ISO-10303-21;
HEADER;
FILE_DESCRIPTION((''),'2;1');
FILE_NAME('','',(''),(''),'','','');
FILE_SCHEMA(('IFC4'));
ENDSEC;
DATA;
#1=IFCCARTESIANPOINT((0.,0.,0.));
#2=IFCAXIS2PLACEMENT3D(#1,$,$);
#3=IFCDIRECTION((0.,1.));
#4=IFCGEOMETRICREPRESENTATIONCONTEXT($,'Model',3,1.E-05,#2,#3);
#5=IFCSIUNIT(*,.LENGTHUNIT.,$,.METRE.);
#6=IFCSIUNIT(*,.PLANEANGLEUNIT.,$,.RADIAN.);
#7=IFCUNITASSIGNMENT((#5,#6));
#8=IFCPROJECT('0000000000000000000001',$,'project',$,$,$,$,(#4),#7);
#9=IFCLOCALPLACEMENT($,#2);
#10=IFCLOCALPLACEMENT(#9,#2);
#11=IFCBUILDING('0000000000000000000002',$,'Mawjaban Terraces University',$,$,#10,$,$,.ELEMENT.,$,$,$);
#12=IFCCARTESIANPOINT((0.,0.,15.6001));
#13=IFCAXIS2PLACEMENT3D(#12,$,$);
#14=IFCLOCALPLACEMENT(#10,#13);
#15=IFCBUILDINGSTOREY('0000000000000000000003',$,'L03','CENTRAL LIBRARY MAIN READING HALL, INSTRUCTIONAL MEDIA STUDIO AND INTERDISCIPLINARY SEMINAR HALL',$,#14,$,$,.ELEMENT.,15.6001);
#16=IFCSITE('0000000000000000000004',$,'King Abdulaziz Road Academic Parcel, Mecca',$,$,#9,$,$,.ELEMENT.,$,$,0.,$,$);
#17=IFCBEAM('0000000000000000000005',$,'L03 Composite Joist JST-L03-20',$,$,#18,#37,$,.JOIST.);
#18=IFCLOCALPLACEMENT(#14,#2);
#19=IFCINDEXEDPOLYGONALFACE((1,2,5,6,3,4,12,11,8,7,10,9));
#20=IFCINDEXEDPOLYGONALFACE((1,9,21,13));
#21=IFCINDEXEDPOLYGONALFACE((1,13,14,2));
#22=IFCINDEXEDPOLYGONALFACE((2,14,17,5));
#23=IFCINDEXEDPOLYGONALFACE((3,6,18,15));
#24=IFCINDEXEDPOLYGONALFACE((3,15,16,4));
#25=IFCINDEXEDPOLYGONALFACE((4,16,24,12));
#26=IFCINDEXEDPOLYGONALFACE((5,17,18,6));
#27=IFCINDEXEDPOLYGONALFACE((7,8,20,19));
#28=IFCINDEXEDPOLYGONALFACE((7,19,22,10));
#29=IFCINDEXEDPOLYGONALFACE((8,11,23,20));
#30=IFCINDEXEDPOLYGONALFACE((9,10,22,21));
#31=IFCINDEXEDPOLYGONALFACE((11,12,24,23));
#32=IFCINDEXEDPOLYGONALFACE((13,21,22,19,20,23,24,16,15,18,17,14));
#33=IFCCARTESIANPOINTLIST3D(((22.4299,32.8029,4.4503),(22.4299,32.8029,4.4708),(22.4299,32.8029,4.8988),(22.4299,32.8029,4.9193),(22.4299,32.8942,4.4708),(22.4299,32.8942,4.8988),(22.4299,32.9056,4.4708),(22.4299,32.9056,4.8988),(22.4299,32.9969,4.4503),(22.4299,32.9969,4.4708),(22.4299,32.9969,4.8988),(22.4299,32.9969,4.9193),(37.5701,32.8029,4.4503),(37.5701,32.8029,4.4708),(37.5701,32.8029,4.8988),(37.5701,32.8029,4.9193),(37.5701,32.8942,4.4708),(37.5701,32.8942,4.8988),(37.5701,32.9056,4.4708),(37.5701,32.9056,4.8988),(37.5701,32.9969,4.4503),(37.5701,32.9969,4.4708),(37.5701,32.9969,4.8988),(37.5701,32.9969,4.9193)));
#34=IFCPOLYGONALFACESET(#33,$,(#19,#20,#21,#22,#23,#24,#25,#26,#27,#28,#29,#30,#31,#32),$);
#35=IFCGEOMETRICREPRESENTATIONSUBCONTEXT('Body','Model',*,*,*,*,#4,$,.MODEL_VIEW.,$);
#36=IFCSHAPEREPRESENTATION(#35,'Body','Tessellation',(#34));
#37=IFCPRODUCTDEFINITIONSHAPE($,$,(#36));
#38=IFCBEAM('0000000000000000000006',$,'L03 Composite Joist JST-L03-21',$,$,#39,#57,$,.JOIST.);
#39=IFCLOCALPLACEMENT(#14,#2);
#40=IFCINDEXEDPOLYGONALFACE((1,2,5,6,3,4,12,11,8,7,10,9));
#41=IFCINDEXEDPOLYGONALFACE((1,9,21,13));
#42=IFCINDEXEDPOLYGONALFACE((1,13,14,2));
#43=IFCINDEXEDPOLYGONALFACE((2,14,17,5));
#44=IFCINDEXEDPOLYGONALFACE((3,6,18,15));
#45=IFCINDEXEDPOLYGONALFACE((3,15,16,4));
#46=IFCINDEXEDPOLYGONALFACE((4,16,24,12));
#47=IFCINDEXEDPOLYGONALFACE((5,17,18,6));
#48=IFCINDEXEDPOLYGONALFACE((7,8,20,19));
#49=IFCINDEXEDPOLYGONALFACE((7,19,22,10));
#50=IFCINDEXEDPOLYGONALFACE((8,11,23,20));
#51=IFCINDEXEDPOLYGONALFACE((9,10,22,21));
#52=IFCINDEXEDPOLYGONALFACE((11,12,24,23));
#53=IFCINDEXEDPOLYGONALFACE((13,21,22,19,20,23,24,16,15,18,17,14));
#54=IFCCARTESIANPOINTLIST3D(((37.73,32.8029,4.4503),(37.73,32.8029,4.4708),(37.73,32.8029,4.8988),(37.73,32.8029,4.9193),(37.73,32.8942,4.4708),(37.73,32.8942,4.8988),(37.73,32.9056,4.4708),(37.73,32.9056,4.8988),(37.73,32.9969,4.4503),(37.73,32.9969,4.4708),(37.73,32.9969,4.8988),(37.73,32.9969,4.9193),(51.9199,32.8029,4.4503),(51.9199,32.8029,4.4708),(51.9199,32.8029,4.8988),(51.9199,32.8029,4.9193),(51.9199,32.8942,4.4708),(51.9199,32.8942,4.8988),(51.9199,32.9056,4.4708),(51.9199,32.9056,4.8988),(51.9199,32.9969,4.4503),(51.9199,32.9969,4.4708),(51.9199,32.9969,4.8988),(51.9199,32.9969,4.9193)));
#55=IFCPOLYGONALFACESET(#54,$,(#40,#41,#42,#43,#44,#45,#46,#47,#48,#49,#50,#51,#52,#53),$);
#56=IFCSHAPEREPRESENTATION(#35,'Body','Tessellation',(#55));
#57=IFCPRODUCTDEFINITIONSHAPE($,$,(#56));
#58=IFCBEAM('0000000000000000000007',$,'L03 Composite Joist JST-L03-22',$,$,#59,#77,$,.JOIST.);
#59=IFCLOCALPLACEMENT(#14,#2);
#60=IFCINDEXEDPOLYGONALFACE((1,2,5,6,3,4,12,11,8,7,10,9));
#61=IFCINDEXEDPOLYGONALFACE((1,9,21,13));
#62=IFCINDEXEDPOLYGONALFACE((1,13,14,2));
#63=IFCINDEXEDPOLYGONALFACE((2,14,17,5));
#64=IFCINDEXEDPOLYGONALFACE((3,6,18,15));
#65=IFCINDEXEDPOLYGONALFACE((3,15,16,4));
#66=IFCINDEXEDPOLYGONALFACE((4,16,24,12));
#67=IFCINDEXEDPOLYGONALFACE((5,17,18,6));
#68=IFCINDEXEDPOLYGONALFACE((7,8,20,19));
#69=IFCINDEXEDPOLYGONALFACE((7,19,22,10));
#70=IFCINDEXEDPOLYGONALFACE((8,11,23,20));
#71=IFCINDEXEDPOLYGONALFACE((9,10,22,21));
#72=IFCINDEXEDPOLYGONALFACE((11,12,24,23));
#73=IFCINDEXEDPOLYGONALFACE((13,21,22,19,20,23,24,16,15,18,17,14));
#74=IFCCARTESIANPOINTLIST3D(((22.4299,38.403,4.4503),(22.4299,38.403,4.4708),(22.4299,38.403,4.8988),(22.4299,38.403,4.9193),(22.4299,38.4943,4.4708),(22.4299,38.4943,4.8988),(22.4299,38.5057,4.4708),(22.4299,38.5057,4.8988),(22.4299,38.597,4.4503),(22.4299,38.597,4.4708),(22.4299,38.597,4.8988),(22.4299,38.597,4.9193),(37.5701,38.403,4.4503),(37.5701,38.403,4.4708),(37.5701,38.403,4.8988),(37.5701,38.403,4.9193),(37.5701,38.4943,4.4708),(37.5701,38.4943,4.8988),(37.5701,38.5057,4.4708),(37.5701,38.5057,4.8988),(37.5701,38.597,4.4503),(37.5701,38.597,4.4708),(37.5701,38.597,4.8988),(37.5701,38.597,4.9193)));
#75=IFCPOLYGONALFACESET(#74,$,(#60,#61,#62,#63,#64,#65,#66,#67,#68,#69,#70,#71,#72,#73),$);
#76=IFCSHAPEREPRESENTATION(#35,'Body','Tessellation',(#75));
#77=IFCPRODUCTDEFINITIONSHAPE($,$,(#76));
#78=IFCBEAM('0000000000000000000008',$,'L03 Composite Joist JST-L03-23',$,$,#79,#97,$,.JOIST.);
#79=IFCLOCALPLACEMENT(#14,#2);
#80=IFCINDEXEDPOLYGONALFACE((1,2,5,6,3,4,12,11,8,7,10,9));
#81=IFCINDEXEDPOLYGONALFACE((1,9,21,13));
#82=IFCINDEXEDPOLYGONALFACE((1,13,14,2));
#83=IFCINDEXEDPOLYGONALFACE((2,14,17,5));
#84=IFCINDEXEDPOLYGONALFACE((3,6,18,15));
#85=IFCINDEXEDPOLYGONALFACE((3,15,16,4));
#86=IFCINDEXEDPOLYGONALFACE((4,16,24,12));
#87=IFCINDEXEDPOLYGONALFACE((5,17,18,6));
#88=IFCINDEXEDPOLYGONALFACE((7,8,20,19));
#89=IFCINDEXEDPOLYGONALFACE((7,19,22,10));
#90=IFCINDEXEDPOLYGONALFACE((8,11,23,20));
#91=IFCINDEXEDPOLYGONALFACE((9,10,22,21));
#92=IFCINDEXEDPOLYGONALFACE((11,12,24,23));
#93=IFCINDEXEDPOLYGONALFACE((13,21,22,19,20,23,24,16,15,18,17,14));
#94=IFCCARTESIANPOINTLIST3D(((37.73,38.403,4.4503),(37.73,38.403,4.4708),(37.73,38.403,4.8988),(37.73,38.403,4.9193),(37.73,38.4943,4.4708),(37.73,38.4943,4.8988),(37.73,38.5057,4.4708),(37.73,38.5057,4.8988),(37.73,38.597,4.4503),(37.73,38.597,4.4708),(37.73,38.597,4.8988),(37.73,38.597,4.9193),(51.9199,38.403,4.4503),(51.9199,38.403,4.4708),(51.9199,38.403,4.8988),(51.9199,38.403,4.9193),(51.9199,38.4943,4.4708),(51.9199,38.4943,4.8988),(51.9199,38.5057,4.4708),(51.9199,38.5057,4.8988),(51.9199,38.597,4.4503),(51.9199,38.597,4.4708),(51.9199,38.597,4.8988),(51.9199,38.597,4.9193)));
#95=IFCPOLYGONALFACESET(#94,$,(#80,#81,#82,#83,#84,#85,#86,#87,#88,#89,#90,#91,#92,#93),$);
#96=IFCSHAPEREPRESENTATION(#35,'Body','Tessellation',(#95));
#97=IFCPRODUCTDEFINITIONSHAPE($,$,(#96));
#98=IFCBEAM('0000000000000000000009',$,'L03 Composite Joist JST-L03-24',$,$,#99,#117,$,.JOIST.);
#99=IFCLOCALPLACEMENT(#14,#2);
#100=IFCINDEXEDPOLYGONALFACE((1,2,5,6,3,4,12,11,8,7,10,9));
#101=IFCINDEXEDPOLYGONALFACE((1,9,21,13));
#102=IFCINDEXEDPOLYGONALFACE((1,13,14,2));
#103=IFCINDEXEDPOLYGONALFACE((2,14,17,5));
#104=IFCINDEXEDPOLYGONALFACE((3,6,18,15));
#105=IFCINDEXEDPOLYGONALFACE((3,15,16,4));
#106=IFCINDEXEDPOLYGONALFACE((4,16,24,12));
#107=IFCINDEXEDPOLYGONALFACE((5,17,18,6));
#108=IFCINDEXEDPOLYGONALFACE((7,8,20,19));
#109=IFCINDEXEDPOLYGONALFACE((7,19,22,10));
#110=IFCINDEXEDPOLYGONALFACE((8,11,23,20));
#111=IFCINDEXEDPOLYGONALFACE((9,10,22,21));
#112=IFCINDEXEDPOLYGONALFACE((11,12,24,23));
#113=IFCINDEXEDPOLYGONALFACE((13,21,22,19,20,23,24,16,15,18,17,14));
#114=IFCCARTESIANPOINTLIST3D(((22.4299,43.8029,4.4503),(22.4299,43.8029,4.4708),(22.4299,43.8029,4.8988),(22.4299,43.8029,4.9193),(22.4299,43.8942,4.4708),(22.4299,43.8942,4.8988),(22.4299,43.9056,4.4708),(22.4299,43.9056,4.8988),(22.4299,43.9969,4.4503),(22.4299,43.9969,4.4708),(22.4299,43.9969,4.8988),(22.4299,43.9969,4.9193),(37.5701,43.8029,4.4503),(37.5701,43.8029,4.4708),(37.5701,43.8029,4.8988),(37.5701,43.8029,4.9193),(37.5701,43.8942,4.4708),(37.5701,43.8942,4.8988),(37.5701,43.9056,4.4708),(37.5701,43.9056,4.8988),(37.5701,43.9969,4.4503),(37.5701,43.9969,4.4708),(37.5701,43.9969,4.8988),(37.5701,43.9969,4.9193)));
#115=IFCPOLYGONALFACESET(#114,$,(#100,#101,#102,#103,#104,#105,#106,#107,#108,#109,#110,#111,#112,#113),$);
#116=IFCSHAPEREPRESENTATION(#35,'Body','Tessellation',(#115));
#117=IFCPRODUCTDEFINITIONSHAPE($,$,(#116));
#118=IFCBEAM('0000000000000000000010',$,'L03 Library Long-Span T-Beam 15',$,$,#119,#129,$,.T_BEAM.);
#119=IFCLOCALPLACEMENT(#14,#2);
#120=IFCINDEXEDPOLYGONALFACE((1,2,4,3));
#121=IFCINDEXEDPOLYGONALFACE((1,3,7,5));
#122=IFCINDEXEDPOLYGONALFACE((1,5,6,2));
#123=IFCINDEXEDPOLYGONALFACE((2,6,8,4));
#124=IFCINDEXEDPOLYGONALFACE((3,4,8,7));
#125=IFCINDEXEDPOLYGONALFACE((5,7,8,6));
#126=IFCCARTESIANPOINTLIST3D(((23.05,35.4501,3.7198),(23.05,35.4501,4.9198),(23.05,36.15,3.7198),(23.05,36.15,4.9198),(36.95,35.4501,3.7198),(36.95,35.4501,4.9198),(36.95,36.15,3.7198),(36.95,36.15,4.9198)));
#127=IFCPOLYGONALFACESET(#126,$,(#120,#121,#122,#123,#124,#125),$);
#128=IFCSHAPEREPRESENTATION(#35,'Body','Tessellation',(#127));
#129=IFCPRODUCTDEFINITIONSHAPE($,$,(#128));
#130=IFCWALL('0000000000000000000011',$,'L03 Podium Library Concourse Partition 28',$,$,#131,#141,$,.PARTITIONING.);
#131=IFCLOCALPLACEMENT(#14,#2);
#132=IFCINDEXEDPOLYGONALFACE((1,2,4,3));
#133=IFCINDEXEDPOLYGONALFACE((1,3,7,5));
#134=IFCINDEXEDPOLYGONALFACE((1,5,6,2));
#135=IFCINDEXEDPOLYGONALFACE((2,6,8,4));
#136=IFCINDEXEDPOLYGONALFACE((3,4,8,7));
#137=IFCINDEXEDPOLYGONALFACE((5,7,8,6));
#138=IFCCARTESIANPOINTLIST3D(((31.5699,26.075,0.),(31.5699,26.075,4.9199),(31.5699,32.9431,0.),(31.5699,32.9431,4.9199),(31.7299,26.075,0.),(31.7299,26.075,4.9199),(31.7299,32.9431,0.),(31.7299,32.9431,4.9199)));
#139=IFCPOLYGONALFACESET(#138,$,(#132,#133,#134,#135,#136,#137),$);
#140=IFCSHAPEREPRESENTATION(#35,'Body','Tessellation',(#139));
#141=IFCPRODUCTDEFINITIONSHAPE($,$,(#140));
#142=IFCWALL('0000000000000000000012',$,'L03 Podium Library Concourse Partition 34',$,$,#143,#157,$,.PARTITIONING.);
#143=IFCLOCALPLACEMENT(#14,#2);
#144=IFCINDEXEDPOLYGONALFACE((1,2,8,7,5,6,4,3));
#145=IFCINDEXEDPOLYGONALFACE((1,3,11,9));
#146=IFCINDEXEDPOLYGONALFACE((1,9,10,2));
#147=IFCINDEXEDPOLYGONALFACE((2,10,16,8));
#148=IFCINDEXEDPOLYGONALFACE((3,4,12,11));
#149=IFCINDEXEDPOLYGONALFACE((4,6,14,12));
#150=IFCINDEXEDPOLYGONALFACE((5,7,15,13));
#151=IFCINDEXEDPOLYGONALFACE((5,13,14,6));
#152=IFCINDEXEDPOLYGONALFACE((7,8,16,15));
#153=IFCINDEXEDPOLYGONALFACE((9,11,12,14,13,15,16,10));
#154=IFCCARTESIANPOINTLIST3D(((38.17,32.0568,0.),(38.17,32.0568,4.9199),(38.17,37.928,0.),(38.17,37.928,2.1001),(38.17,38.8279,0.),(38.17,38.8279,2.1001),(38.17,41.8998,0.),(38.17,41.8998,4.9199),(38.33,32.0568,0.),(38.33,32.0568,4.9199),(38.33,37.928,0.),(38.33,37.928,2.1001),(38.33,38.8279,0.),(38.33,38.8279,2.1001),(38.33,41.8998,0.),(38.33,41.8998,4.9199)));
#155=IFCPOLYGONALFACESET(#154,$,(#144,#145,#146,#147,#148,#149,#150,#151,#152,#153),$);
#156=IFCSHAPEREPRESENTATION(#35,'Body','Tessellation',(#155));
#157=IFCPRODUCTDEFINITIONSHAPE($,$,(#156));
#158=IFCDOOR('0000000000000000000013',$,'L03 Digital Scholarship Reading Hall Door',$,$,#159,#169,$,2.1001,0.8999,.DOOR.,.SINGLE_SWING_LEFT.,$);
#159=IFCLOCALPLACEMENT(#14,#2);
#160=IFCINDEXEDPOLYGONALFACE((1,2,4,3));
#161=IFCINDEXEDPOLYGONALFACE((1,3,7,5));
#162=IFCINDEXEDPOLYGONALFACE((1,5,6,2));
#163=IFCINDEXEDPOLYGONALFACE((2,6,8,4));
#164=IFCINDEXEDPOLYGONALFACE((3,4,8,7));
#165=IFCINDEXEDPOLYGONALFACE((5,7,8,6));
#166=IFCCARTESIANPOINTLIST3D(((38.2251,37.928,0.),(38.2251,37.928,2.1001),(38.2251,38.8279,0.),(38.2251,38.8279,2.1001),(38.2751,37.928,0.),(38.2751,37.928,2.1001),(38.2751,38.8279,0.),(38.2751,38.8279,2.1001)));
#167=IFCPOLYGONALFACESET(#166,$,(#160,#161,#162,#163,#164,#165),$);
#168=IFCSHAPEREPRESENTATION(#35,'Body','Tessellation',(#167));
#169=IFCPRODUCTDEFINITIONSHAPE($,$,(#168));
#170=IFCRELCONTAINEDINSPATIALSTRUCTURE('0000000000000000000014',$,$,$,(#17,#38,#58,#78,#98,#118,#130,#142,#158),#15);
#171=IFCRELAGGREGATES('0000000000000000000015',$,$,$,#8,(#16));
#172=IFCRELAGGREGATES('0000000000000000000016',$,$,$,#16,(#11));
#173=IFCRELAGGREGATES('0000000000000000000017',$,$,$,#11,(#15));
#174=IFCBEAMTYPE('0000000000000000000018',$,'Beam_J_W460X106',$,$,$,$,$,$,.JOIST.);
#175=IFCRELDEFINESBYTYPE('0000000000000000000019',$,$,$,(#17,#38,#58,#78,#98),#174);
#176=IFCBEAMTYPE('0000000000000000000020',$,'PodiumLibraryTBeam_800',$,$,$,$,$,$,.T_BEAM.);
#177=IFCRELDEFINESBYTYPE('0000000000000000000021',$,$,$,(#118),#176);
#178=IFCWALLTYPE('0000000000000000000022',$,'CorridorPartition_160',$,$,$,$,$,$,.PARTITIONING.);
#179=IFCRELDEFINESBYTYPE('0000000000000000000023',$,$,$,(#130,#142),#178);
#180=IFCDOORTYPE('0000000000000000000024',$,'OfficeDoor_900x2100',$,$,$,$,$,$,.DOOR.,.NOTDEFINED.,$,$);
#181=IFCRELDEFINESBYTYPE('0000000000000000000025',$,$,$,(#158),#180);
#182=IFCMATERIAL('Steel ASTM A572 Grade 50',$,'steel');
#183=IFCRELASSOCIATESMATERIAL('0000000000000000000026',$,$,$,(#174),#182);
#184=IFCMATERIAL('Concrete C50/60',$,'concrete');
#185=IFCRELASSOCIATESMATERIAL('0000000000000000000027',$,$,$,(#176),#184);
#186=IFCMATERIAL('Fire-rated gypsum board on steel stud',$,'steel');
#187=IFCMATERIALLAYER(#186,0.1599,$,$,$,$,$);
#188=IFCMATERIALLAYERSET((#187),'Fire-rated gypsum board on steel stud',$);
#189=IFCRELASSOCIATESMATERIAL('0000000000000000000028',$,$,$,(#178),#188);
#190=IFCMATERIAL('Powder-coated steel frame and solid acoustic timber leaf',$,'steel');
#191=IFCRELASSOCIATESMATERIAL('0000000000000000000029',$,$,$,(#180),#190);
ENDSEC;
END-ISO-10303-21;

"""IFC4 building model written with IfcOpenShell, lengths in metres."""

from ifc_helpers import new_model, si_unit, direction, frame, frame_2d, origin, origin_2d, place, context, subcontext, project, spatial, rectangle, i_section, extrude, material, layer, layer_set, material_profile, profile_set, type_object, element, fill, save


model = new_model("IFC4")

# Units and contexts
model_context = context("Model", 3, precision=1e-05, world=origin(), true_north=direction((0.0, 1.0)))
body_context = subcontext(model_context, "Body", "Model", "MODEL_VIEW")
ifc_project = project(units=[si_unit("LENGTHUNIT", "METRE"), si_unit("PLANEANGLEUNIT", "RADIAN")], contexts=[model_context])

# Site, building, storey
site_placement = place(None, origin())
site = spatial("IfcSite", under=ifc_project, at=site_placement, Name="King Abdulaziz Road Academic Parcel, Mecca", CompositionType="ELEMENT", RefElevation=0.0)
building_placement = place(site_placement, origin())
building = spatial("IfcBuilding", under=site, at=building_placement, Name="Mawjaban Terraces University", CompositionType="ELEMENT")
storey_placement = place(building_placement, frame((0.0, 0.0, 15.6001)))
storey = spatial("IfcBuildingStorey", under=building, at=storey_placement, Name="L03", Description="CENTRAL LIBRARY MAIN READING HALL, INSTRUCTIONAL MEDIA STUDIO AND INTERDISCIPLINARY SEMINAR HALL", CompositionType="ELEMENT", Elevation=15.6001)

# Beams
ifc_material_1 = material(Name="Steel ASTM A572 Grade 50", Category="steel")
ifc_material_profile_1 = material_profile(ifc_material_1, i_section(OverallWidth=0.1941, OverallDepth=0.469, WebThickness=0.0115, FlangeThickness=0.0205, at=origin_2d()), Name="W460X106")
ifc_profile_set_1 = profile_set([ifc_material_profile_1], Name="Steel ASTM A572 Grade 50")
beam_type_1 = type_object("IfcBeamType", Name="Beam_J_W460X106", PredefinedType="JOIST", material=ifc_profile_set_1)
beam_1_placement = place(storey_placement, frame((22.4299, 32.8999, 4.6848), z_axis=(1.0, 0.0, 0.0), x_axis=(0.0, 1.0, 0.0)))
element("IfcBeam", 1, at=beam_1_placement, inside=storey, type_object=beam_type_1, Name="L03 Composite Joist JST-L03-20", PredefinedType="JOIST", context=body_context, shape_type="SweptSolid", body=[
    extrude(i_section(OverallWidth=0.1941, OverallDepth=0.469, WebThickness=0.0115, FlangeThickness=0.0205, at=origin_2d()), origin(), (0.0, 0.0, 1.0), 15.1401),
])
beam_2_placement = place(storey_placement, frame((37.73, 32.8999, 4.6848), z_axis=(1.0, 0.0, 0.0), x_axis=(0.0, 1.0, 0.0)))
element("IfcBeam", 2, at=beam_2_placement, inside=storey, type_object=beam_type_1, Name="L03 Composite Joist JST-L03-21", PredefinedType="JOIST", context=body_context, shape_type="SweptSolid", body=[
    extrude(i_section(OverallWidth=0.1941, OverallDepth=0.469, WebThickness=0.0115, FlangeThickness=0.0205, at=origin_2d()), origin(), (0.0, 0.0, 1.0), 14.1899),
])
beam_3_placement = place(storey_placement, frame((22.4299, 38.5, 4.6848), z_axis=(1.0, 0.0, 0.0), x_axis=(0.0, 1.0, 0.0)))
element("IfcBeam", 3, at=beam_3_placement, inside=storey, type_object=beam_type_1, Name="L03 Composite Joist JST-L03-22", PredefinedType="JOIST", context=body_context, shape_type="SweptSolid", body=[
    extrude(i_section(OverallWidth=0.1941, OverallDepth=0.469, WebThickness=0.0115, FlangeThickness=0.0205, at=origin_2d()), origin(), (0.0, 0.0, 1.0), 15.1401),
])
beam_4_placement = place(storey_placement, frame((37.73, 38.5, 4.6848), z_axis=(1.0, 0.0, 0.0), x_axis=(0.0, 1.0, 0.0)))
element("IfcBeam", 4, at=beam_4_placement, inside=storey, type_object=beam_type_1, Name="L03 Composite Joist JST-L03-23", PredefinedType="JOIST", context=body_context, shape_type="SweptSolid", body=[
    extrude(i_section(OverallWidth=0.1941, OverallDepth=0.469, WebThickness=0.0115, FlangeThickness=0.0205, at=origin_2d()), origin(), (0.0, 0.0, 1.0), 14.1899),
])
beam_5_placement = place(storey_placement, frame((22.4299, 43.8999, 4.6848), z_axis=(1.0, 0.0, 0.0), x_axis=(0.0, 1.0, 0.0)))
element("IfcBeam", 5, at=beam_5_placement, inside=storey, type_object=beam_type_1, Name="L03 Composite Joist JST-L03-24", PredefinedType="JOIST", context=body_context, shape_type="SweptSolid", body=[
    extrude(i_section(OverallWidth=0.1941, OverallDepth=0.469, WebThickness=0.0115, FlangeThickness=0.0205, at=origin_2d()), origin(), (0.0, 0.0, 1.0), 15.1401),
])
ifc_material_2 = material(Name="Concrete C50/60", Category="concrete")
ifc_material_profile_2 = material_profile(ifc_material_2, rectangle(XDim=0.7, YDim=1.2, at=origin_2d()), Name="RC1200X700")
ifc_profile_set_2 = profile_set([ifc_material_profile_2], Name="Concrete C50/60")
beam_type_2 = type_object("IfcBeamType", Name="PodiumLibraryTBeam_800", PredefinedType="T_BEAM", material=ifc_profile_set_2)
beam_6_placement = place(storey_placement, frame((23.05, 35.8, 4.3198), z_axis=(1.0, 0.0, 0.0), x_axis=(0.0, 1.0, 0.0)))
element("IfcBeam", 6, at=beam_6_placement, inside=storey, type_object=beam_type_2, Name="L03 Library Long-Span T-Beam 15", PredefinedType="T_BEAM", context=body_context, shape_type="SweptSolid", body=[
    extrude(rectangle(XDim=0.7, YDim=1.2, at=origin_2d()), origin(), (0.0, 0.0, 1.0), 13.8999),
])

# Wall
ifc_material_3 = material(Name="Fire-rated gypsum board on steel stud", Category="steel")
ifc_layer_1 = layer(ifc_material_3, 0.1599)
ifc_layer_set_1 = layer_set([ifc_layer_1], Name="Fire-rated gypsum board on steel stud")
wall_type_1 = type_object("IfcWallType", Name="CorridorPartition_160", PredefinedType="PARTITIONING", material=ifc_layer_set_1)
wall_1_placement = place(storey_placement, frame((31.6499, 32.9431, 0.0), z_axis=(0.0, 0.0, 1.0), x_axis=(0.0, -1.0, 0.0)))
element("IfcWall", 7, at=wall_1_placement, inside=storey, type_object=wall_type_1, Name="L03 Podium Library Concourse Partition 28", PredefinedType="PARTITIONING", context=body_context, shape_type="SweptSolid", body=[
    extrude(rectangle(XDim=6.8682, YDim=0.1599, at=frame_2d((3.4341, 0.0))), origin(), (0.0, 0.0, 1.0), 4.9199),
])

# Wall, opening, door
wall_2_placement = place(storey_placement, frame((38.25, 32.0569, 0.0), z_axis=(0.0, 0.0, 1.0), x_axis=(0.0, 1.0, 0.0)))
wall_2 = element("IfcWall", 8, at=wall_2_placement, inside=storey, type_object=wall_type_1, Name="L03 Podium Library Concourse Partition 34", PredefinedType="PARTITIONING", context=body_context, shape_type="SweptSolid", body=[
    extrude(rectangle(XDim=9.843, YDim=0.1599, at=frame_2d((4.9214, 0.0))), origin(), (0.0, 0.0, 1.0), 4.9199),
])
opening_1_placement = place(wall_2_placement, frame((5.8711, 0.0, 0.0)))
opening_1 = element("IfcOpeningElement", 9, at=opening_1_placement, cuts=wall_2, PredefinedType="OPENING", context=body_context, shape_type="SweptSolid", body=[
    extrude(rectangle(XDim=0.8999, YDim=2.1001, at=frame_2d((0.45, 1.05))), frame((0.0, 0.0898, 0.0), z_axis=(0.0, -1.0, 0.0), x_axis=(1.0, 0.0, 0.0)), (0.0, 0.0, 1.0), 0.1799),
])
ifc_material_4 = material(Name="Powder-coated steel frame and solid acoustic timber leaf", Category="steel")
door_type_1 = type_object("IfcDoorType", Name="OfficeDoor_900x2100", OperationType="NOTDEFINED", PredefinedType="DOOR", material=ifc_material_4)
door_1_placement = place(opening_1_placement, origin())
door_1 = element("IfcDoor", 10, at=door_1_placement, inside=storey, type_object=door_type_1, Name="L03 Digital Scholarship Reading Hall Door", OperationType="SINGLE_SWING_LEFT", OverallHeight=2.1001, OverallWidth=0.8999, PredefinedType="DOOR", context=body_context, shape_type="SweptSolid", body=[
    extrude(rectangle(XDim=0.8999, YDim=2.1001, at=frame_2d((0.45, 1.05))), frame((0.0, 0.0249, 0.0), z_axis=(0.0, -1.0, 0.0), x_axis=(1.0, 0.0, 0.0)), (0.0, 0.0, 1.0), 0.05),
])
fill(opening_1, door_1)

save(model, "model.ifc")
